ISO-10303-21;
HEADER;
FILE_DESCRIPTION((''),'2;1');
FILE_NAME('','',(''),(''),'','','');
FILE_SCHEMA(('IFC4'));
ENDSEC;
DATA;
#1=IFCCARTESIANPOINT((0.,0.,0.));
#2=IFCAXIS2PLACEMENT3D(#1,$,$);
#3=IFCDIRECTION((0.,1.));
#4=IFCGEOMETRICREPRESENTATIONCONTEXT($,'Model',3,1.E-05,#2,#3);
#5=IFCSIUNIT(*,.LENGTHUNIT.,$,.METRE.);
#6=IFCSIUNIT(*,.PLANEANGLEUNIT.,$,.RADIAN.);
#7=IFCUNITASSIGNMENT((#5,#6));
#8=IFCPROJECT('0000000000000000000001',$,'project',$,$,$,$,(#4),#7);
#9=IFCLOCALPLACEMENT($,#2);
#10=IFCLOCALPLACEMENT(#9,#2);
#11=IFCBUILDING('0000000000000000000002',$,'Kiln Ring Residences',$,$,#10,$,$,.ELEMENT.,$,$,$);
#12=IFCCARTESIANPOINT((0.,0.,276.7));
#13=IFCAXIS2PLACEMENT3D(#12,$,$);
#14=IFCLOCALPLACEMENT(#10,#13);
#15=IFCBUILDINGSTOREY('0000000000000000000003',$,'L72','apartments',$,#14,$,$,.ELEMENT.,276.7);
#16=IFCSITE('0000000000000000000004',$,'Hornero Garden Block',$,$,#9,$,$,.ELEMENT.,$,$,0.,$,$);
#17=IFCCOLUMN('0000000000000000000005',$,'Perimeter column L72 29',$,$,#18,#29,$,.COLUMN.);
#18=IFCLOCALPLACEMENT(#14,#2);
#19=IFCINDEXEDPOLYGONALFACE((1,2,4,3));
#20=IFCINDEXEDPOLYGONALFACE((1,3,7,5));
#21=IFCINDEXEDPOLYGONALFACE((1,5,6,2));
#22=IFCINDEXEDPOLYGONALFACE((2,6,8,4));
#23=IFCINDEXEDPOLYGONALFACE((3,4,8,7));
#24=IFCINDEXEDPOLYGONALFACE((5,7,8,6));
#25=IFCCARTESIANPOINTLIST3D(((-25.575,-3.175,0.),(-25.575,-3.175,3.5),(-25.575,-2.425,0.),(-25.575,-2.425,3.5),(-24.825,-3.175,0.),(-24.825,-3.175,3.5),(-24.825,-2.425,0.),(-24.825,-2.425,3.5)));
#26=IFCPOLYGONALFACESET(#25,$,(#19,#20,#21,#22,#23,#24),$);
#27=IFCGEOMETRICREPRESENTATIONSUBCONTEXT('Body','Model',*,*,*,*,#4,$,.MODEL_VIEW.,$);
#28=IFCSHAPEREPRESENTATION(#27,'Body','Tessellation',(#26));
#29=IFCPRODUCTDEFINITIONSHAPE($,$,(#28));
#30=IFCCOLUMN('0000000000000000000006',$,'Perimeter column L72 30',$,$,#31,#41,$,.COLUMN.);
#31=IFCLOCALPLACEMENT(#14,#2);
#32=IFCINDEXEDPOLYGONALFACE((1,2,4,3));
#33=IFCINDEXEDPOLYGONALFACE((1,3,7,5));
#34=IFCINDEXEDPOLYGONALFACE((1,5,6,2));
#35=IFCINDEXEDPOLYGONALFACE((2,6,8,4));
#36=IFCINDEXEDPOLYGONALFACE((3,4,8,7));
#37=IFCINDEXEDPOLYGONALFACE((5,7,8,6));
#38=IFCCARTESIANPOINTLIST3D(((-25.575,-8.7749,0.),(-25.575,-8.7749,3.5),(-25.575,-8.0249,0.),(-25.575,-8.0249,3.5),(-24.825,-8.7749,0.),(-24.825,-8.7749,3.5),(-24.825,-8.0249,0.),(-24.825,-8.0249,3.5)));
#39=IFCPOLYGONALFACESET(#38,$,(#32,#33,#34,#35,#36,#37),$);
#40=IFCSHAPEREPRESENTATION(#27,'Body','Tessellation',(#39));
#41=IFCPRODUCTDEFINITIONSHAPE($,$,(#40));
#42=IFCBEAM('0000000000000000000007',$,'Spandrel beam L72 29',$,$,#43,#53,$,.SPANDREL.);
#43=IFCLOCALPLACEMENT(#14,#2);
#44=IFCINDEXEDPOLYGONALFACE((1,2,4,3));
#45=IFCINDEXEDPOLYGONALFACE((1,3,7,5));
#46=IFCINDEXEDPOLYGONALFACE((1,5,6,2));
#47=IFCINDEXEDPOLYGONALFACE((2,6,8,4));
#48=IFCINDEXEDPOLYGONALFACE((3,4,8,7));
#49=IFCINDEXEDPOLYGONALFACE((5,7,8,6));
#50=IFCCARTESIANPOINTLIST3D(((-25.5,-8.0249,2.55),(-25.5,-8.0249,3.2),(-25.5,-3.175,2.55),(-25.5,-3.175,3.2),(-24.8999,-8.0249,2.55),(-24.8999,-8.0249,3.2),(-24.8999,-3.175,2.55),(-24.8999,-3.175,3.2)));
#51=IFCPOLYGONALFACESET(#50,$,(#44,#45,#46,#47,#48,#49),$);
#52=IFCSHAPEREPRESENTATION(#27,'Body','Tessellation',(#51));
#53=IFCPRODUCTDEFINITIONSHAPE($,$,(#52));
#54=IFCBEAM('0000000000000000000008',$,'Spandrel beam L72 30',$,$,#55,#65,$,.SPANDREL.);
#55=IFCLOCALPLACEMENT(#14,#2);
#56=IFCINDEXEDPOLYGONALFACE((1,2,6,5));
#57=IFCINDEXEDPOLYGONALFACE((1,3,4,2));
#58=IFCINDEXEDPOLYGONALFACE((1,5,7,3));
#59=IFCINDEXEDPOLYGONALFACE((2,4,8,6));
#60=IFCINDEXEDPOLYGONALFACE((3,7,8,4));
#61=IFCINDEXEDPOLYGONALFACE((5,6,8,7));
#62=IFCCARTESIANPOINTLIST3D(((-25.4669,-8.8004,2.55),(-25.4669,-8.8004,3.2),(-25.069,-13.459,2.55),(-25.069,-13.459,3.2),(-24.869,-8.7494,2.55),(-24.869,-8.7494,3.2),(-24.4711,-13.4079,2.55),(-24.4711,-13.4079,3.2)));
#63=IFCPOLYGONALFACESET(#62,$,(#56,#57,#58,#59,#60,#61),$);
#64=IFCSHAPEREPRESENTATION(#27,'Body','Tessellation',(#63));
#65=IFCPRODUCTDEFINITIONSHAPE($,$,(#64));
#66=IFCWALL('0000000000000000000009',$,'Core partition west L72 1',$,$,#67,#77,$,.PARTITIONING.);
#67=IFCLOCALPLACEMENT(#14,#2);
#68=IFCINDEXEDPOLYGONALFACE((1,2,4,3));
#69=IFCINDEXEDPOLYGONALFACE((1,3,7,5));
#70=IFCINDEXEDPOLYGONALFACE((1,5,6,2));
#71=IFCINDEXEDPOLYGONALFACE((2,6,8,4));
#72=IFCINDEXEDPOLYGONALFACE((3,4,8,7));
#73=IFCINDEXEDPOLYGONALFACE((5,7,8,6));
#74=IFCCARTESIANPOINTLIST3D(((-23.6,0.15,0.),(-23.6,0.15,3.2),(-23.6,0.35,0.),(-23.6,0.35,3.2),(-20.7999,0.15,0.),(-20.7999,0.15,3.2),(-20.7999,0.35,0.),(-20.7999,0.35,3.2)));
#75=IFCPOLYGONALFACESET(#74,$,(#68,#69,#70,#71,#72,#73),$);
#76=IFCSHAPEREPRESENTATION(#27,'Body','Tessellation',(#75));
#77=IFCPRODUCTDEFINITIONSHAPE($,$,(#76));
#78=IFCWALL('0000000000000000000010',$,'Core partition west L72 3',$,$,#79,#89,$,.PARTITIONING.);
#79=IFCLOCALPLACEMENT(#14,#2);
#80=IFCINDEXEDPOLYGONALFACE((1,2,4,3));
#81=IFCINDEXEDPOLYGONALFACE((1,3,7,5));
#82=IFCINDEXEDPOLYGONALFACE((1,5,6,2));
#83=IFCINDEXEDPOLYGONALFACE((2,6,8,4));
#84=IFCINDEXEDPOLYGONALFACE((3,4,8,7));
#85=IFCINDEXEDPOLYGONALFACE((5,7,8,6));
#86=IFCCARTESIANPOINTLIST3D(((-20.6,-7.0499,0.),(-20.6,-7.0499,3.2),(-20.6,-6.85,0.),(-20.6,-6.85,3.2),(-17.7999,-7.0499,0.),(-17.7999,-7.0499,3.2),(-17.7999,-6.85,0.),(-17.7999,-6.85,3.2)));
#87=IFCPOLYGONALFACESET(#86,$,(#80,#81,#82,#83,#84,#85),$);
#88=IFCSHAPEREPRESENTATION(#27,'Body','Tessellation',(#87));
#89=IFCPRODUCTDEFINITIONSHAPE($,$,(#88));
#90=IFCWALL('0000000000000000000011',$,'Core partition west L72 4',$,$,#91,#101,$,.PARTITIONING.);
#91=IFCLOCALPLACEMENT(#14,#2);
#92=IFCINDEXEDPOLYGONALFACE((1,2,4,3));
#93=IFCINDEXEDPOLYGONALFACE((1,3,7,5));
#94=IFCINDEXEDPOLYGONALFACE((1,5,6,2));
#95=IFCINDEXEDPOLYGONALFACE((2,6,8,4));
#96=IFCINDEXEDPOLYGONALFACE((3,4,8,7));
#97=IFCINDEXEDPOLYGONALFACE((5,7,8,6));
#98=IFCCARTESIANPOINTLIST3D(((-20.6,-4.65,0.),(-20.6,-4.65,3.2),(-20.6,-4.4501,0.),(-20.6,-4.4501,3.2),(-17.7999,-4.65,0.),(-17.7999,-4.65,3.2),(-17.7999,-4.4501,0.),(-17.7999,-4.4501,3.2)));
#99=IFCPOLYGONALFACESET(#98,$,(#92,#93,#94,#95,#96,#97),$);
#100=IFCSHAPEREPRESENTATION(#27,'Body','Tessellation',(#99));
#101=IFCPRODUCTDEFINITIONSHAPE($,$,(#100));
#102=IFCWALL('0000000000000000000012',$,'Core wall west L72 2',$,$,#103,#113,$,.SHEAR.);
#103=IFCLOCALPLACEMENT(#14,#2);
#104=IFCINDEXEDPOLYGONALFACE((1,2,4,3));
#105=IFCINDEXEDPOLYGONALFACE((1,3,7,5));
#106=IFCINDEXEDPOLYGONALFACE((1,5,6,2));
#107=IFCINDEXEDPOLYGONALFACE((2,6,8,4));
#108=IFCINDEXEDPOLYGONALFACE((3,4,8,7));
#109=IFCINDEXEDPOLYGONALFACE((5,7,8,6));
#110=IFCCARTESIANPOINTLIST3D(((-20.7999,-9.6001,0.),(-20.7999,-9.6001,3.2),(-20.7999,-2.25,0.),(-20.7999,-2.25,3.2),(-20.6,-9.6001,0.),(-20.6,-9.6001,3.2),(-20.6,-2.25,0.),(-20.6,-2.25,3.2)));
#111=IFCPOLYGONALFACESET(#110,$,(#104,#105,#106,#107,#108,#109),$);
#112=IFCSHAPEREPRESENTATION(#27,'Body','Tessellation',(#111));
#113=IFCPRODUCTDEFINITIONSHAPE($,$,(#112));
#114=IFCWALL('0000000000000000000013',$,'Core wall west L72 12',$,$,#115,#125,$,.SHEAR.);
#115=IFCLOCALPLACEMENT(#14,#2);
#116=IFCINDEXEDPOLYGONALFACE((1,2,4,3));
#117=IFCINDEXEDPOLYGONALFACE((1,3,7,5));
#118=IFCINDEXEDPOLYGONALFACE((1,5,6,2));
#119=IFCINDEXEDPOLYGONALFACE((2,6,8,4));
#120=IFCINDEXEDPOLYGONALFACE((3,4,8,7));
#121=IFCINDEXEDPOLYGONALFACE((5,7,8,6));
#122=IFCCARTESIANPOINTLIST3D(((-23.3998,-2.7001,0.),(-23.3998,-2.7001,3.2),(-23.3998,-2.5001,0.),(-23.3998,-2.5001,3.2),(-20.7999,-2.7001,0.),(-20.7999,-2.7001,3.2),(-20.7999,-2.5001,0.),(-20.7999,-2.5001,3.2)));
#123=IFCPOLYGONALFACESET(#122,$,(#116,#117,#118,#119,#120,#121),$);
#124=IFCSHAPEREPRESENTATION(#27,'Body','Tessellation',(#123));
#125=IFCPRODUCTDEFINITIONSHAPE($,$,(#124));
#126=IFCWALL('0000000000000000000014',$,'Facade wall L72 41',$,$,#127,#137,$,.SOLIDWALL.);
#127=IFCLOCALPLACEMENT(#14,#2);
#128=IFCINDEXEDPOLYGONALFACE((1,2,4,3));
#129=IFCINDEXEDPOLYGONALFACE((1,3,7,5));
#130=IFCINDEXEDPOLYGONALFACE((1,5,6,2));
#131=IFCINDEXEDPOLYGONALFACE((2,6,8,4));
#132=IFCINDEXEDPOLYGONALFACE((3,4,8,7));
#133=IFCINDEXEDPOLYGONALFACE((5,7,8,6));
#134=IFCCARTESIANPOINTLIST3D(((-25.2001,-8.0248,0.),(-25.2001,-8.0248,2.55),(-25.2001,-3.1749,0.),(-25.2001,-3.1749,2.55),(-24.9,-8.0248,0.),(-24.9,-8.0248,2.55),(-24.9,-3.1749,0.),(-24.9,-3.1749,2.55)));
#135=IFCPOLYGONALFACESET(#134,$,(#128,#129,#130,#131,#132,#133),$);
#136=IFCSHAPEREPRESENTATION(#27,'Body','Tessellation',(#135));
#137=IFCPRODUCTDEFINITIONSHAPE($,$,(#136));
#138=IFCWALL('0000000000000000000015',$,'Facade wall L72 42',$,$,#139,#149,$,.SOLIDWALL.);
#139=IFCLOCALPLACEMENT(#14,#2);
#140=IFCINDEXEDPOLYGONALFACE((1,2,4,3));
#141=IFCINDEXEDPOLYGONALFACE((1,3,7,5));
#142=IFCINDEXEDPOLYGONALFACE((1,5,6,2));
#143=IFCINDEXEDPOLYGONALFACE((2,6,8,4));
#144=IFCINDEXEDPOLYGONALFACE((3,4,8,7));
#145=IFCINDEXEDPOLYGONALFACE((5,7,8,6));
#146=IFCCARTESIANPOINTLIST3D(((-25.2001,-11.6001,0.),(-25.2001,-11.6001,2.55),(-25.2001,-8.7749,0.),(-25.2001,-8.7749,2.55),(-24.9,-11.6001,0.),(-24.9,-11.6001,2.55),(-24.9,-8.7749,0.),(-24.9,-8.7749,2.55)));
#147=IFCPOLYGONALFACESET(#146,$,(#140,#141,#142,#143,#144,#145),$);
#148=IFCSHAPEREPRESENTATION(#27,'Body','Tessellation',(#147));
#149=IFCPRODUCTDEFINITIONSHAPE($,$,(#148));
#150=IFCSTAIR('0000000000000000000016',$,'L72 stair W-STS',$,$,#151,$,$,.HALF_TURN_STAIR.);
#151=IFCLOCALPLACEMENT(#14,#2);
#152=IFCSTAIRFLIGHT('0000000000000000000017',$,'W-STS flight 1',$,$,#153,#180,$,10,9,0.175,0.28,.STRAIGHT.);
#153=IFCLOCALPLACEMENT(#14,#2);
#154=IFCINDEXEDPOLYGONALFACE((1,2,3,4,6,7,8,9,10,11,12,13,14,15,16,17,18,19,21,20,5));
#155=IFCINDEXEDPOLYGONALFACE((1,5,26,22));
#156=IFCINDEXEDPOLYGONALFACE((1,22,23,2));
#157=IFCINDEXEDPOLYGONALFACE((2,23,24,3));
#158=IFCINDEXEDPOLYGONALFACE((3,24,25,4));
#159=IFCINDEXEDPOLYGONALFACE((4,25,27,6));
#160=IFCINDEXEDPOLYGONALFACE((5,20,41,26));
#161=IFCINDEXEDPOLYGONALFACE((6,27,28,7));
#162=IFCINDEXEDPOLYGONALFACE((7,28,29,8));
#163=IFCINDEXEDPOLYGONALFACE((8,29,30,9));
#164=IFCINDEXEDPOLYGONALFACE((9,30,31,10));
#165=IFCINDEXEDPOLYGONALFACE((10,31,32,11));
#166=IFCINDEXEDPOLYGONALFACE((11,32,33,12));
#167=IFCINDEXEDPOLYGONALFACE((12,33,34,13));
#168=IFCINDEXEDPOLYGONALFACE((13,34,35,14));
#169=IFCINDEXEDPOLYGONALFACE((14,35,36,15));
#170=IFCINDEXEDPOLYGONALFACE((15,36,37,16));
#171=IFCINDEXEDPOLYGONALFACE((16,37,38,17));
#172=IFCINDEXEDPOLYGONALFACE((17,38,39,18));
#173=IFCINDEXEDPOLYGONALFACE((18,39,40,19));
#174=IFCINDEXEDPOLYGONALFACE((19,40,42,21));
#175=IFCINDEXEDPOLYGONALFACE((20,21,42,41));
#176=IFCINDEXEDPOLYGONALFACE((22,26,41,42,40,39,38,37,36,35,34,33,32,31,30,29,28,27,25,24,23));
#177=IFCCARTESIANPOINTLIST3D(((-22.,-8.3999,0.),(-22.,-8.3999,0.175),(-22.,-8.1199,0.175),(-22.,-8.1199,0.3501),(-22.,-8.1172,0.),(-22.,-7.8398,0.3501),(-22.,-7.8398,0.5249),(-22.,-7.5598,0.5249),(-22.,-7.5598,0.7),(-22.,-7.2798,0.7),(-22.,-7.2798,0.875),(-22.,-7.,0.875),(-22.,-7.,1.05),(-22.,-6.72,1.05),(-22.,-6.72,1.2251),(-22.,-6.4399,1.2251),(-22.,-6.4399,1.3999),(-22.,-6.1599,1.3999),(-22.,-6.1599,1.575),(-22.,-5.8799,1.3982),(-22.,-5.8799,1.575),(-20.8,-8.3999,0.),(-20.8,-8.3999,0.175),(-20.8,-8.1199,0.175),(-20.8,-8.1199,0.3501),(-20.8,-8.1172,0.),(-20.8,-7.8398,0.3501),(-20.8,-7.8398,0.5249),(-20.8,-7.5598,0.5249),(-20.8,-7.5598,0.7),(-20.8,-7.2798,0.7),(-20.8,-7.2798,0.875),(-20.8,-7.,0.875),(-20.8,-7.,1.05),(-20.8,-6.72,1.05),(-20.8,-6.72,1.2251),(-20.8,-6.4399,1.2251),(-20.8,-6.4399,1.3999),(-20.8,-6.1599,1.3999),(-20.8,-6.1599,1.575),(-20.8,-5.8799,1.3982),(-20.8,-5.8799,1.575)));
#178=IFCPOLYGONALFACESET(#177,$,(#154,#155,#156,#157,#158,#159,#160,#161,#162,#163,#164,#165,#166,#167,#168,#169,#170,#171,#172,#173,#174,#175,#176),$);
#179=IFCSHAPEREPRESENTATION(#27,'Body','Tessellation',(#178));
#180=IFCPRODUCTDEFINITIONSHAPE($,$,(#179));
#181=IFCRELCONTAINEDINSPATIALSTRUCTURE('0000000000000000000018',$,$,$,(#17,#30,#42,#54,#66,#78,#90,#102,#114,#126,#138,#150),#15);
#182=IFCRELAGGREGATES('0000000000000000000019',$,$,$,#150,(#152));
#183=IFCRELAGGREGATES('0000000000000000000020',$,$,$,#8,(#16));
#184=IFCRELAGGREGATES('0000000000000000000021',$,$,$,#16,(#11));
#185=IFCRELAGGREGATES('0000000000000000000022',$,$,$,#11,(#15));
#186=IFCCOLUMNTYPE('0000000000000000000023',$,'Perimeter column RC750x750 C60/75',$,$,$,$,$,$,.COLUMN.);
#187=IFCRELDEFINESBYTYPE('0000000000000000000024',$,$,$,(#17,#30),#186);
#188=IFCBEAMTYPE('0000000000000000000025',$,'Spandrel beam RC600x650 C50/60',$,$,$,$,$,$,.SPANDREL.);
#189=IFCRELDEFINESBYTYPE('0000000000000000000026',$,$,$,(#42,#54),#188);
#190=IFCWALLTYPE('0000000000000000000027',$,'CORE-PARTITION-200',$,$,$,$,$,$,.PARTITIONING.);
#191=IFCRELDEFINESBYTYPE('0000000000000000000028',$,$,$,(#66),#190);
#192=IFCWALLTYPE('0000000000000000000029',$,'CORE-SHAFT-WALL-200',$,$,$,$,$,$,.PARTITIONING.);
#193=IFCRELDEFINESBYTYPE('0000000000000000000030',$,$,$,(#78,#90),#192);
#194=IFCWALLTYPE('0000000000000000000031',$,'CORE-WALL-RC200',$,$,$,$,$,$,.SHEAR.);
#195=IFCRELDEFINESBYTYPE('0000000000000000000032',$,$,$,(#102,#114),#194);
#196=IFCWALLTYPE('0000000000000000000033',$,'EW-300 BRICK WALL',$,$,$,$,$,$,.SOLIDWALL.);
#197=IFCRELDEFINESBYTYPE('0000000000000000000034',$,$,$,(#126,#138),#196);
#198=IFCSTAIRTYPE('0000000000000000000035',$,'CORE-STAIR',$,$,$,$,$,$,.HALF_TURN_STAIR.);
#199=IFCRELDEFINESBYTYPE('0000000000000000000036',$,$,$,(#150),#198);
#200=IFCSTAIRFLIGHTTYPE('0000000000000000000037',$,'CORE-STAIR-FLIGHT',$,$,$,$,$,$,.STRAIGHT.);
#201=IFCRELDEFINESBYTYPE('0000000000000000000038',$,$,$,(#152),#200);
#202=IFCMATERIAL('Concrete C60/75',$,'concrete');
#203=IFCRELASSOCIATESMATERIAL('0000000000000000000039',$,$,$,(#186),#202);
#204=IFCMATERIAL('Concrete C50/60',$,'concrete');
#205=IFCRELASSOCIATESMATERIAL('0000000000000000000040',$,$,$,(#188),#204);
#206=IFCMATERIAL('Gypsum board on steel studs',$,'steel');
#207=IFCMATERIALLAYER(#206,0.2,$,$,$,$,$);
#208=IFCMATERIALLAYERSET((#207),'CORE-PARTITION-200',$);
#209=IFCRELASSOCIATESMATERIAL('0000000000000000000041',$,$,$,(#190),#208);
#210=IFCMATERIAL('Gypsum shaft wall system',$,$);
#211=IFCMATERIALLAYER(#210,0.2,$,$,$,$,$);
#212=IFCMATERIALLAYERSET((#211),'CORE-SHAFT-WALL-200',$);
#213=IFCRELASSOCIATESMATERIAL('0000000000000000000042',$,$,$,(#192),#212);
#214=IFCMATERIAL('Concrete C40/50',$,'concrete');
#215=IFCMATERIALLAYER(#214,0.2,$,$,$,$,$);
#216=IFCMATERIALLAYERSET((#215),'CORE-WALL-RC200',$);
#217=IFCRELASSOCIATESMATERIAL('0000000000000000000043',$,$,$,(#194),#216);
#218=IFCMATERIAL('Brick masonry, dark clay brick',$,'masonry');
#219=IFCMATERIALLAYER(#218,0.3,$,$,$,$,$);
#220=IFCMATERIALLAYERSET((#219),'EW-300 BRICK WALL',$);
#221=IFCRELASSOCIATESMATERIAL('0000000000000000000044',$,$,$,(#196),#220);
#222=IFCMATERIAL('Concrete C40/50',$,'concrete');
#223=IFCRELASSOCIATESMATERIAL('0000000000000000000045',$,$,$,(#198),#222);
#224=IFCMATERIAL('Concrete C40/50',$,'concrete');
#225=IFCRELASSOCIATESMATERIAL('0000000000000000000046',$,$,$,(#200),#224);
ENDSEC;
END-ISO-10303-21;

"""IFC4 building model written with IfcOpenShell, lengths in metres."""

from ifc_helpers import new_model, si_unit, direction, frame, frame_2d, origin, origin_2d, place, context, subcontext, project, spatial, polyline, rectangle, outline, extrude, material, layer, layer_set, material_profile, profile_set, type_object, element, aggregate, save


model = new_model("IFC4")

# Units and contexts
model_context = context("Model", 3, precision=1e-05, world=origin(), true_north=direction((0.0, 1.0)))
body_context = subcontext(model_context, "Body", "Model", "MODEL_VIEW")
ifc_project = project(units=[si_unit("LENGTHUNIT", "METRE"), si_unit("PLANEANGLEUNIT", "RADIAN")], contexts=[model_context])

# Site, building, storey
site_placement = place(None, origin())
site = spatial("IfcSite", under=ifc_project, at=site_placement, Name="Hornero Garden Block", CompositionType="ELEMENT", RefElevation=0.0)
building_placement = place(site_placement, origin())
building = spatial("IfcBuilding", under=site, at=building_placement, Name="Kiln Ring Residences", CompositionType="ELEMENT")
storey_placement = place(building_placement, frame((0.0, 0.0, 276.7)))
storey = spatial("IfcBuildingStorey", under=building, at=storey_placement, Name="L72", Description="apartments", CompositionType="ELEMENT", Elevation=276.7)

# Columns
ifc_material_1 = material(Name="Concrete C60/75", Category="concrete")
ifc_material_profile_1 = material_profile(ifc_material_1, rectangle(XDim=0.75, YDim=0.75, at=origin_2d()), Name="RC750x750")
ifc_profile_set_1 = profile_set([ifc_material_profile_1], Name="Concrete C60/75")
column_type = type_object("IfcColumnType", Name="Perimeter column RC750x750 C60/75", PredefinedType="COLUMN", material=ifc_profile_set_1)
for number, where, z_axis, x_axis, name in (
    (1, (-25.2, -2.8, 0.0), (0.0, 0.0, 1.0), (1.0, 0.0, 0.0), "Perimeter column L72 29"),
    (2, (-25.2, -8.3999, 0.0), (0.0, 0.0, 1.0), (1.0, 0.0, 0.0), "Perimeter column L72 30"),
):
    element("IfcColumn", number, at=place(storey_placement, frame(where, z_axis=z_axis, x_axis=x_axis)), inside=storey, type_object=column_type, Name=name, PredefinedType="COLUMN", context=body_context, shape_type="SweptSolid", body=[
        extrude(rectangle(XDim=0.75, YDim=0.75, at=origin_2d()), origin(), (0.0, 0.0, 1.0), 3.5),
    ])

# Beams
ifc_material_2 = material(Name="Concrete C50/60", Category="concrete")
ifc_material_profile_2 = material_profile(ifc_material_2, rectangle(XDim=0.6001, YDim=0.6499, at=origin_2d()), Name="RC600x650")
ifc_profile_set_2 = profile_set([ifc_material_profile_2], Name="Concrete C50/60")
beam_type = type_object("IfcBeamType", Name="Spandrel beam RC600x650 C50/60", PredefinedType="SPANDREL", material=ifc_profile_set_2)
beam_1_placement = place(storey_placement, frame((-25.2, -3.175, 2.875), z_axis=(0.0, -1.0, 0.0), x_axis=(1.0, 0.0, 0.0)))
element("IfcBeam", 3, at=beam_1_placement, inside=storey, type_object=beam_type, Name="Spandrel beam L72 29", PredefinedType="SPANDREL", context=body_context, shape_type="SweptSolid", body=[
    extrude(rectangle(XDim=0.6001, YDim=0.6499, at=origin_2d()), origin(), (0.0, 0.0, 1.0), 4.8499),
])
beam_2_placement = place(storey_placement, frame((-25.168, -8.7749, 2.875), z_axis=(0.085111, -0.996371, 0.0), x_axis=(0.996371, 0.085111, 0.0)))
element("IfcBeam", 4, at=beam_2_placement, inside=storey, type_object=beam_type, Name="Spandrel beam L72 30", PredefinedType="SPANDREL", context=body_context, shape_type="SweptSolid", body=[
    extrude(rectangle(XDim=0.6001, YDim=0.6499, at=origin_2d()), origin(), (0.0, 0.0, 1.0), 4.6755),
])

# Walls
ifc_material_3 = material(Name="Gypsum board on steel studs", Category="steel")
ifc_layer_1 = layer(ifc_material_3, 0.2)
ifc_layer_set_1 = layer_set([ifc_layer_1], Name="CORE-PARTITION-200")
wall_type_1 = type_object("IfcWallType", Name="CORE-PARTITION-200", PredefinedType="PARTITIONING", material=ifc_layer_set_1)
wall_1_placement = place(storey_placement, frame((-20.8, 0.25, 0.0), z_axis=(0.0, 0.0, 1.0), x_axis=(-1.0, 0.0, 0.0)))
element("IfcWall", 5, at=wall_1_placement, inside=storey, type_object=wall_type_1, Name="Core partition west L72 1", PredefinedType="PARTITIONING", context=body_context, shape_type="SweptSolid", body=[
    extrude(rectangle(XDim=2.8, YDim=0.2, at=frame_2d((1.3999, 0.0))), origin(), (0.0, 0.0, 1.0), 3.2),
])
ifc_material_4 = material(Name="Gypsum shaft wall system")
ifc_layer_2 = layer(ifc_material_4, 0.2)
ifc_layer_set_2 = layer_set([ifc_layer_2], Name="CORE-SHAFT-WALL-200")
wall_type_2 = type_object("IfcWallType", Name="CORE-SHAFT-WALL-200", PredefinedType="PARTITIONING", material=ifc_layer_set_2)
for number, where, z_axis, x_axis, name in (
    (6, (-17.8, -6.95, 0.0), (0.0, 0.0, 1.0), (-1.0, 0.0, 0.0), "Core partition west L72 3"),
    (7, (-17.8, -4.55, 0.0), (0.0, 0.0, 1.0), (-1.0, 0.0, 0.0), "Core partition west L72 4"),
):
    element("IfcWall", number, at=place(storey_placement, frame(where, z_axis=z_axis, x_axis=x_axis)), inside=storey, type_object=wall_type_2, Name=name, PredefinedType="PARTITIONING", context=body_context, shape_type="SweptSolid", body=[
        extrude(rectangle(XDim=2.8, YDim=0.2, at=frame_2d((1.3999, 0.0))), origin(), (0.0, 0.0, 1.0), 3.2),
    ])
ifc_material_5 = material(Name="Concrete C40/50", Category="concrete")
ifc_layer_3 = layer(ifc_material_5, 0.2)
ifc_layer_set_3 = layer_set([ifc_layer_3], Name="CORE-WALL-RC200")
wall_type_3 = type_object("IfcWallType", Name="CORE-WALL-RC200", PredefinedType="SHEAR", material=ifc_layer_set_3)
wall_2_placement = place(storey_placement, frame((-20.7, -9.6001, 0.0), z_axis=(0.0, 0.0, 1.0), x_axis=(0.0, 1.0, 0.0)))
element("IfcWall", 8, at=wall_2_placement, inside=storey, type_object=wall_type_3, Name="Core wall west L72 2", PredefinedType="SHEAR", context=body_context, shape_type="SweptSolid", body=[
    extrude(rectangle(XDim=7.3501, YDim=0.2, at=frame_2d((3.675, 0.0))), origin(), (0.0, 0.0, 1.0), 3.2),
])
wall_3_placement = place(storey_placement, frame((-20.8, -2.6001, 0.0), z_axis=(0.0, 0.0, 1.0), x_axis=(-1.0, 0.0, 0.0)))
element("IfcWall", 9, at=wall_3_placement, inside=storey, type_object=wall_type_3, Name="Core wall west L72 12", PredefinedType="SHEAR", context=body_context, shape_type="SweptSolid", body=[
    extrude(rectangle(XDim=2.5999, YDim=0.2, at=frame_2d((1.2998, 0.0))), origin(), (0.0, 0.0, 1.0), 3.2),
])
ifc_material_6 = material(Name="Brick masonry, dark clay brick", Category="masonry")
ifc_layer_4 = layer(ifc_material_6, 0.3)
ifc_layer_set_4 = layer_set([ifc_layer_4], Name="EW-300 BRICK WALL")
wall_type_4 = type_object("IfcWallType", Name="EW-300 BRICK WALL", PredefinedType="SOLIDWALL", material=ifc_layer_set_4)
wall_4_placement = place(storey_placement, frame((-25.05, -3.175, 0.0), z_axis=(0.0, 0.0, 1.0), x_axis=(0.0, -1.0, 0.0)))
element("IfcWall", 10, at=wall_4_placement, inside=storey, type_object=wall_type_4, Name="Facade wall L72 41", PredefinedType="SOLIDWALL", context=body_context, shape_type="SweptSolid", body=[
    extrude(rectangle(XDim=4.8499, YDim=0.3, at=frame_2d((2.4248, 0.0))), origin(), (0.0, 0.0, 1.0), 2.55),
])
wall_5_placement = place(storey_placement, frame((-25.05, -8.7749, 0.0), z_axis=(0.0, 0.0, 1.0), x_axis=(0.0, -1.0, 0.0)))
element("IfcWall", 11, at=wall_5_placement, inside=storey, type_object=wall_type_4, Name="Facade wall L72 42", PredefinedType="SOLIDWALL", context=body_context, shape_type="SweptSolid", body=[
    extrude(rectangle(XDim=2.8252, YDim=0.3, at=frame_2d((1.4126, 0.0))), origin(), (0.0, 0.0, 1.0), 2.55),
])

# Stair, stair flight
ifc_material_7 = material(Name="Concrete C40/50", Category="concrete")
stair_type = type_object("IfcStairType", Name="CORE-STAIR", PredefinedType="HALF_TURN_STAIR", material=ifc_material_7)
stair_placement = place(storey_placement, origin())
stair = element("IfcStair", 12, at=stair_placement, inside=storey, type_object=stair_type, Name="L72 stair W-STS", PredefinedType="HALF_TURN_STAIR")
ifc_material_8 = material(Name="Concrete C40/50", Category="concrete")
stair_flight_type = type_object("IfcStairFlightType", Name="CORE-STAIR-FLIGHT", PredefinedType="STRAIGHT", material=ifc_material_8)
stair_flight_1_placement = place(storey_placement, frame((-21.3999, -8.3999, 0.0), z_axis=(0.0, 0.0, 1.0), x_axis=(0.0, 1.0, 0.0)))
stair_flight_1 = element("IfcStairFlight", 13, at=stair_flight_1_placement, type_object=stair_flight_type, Name="W-STS flight 1", NumberOfRisers=10, NumberOfTreads=9, PredefinedType="STRAIGHT", RiserHeight=0.175, TreadLength=0.28, context=body_context, shape_type="SweptSolid", body=[
    extrude(outline(polyline([(0.0, 0.0), (0.0, 0.175), (0.28, 0.175), (0.28, 0.3501), (0.5601, 0.3501), (0.5601, 0.5249), (0.8401, 0.5249), (0.8401, 0.7), (1.1201, 0.7), (1.1201, 0.875), (1.3999, 0.875), (1.3999, 1.05), (1.6799, 1.05), (1.6799, 1.2251), (1.96, 1.2251), (1.96, 1.3999), (2.24, 1.3999), (2.24, 1.575), (2.52, 1.575), (2.52, 1.75), (2.52, 1.3982), (0.2827, 0.0), (0.0, 0.0)])), frame((0.0, 0.6001, 0.0), z_axis=(0.0, -1.0, 0.0), x_axis=(1.0, 0.0, 0.0)), (0.0, 0.0, 1.0), 1.2),
])
aggregate(stair, [stair_flight_1])

save(model, "model.ifc")
